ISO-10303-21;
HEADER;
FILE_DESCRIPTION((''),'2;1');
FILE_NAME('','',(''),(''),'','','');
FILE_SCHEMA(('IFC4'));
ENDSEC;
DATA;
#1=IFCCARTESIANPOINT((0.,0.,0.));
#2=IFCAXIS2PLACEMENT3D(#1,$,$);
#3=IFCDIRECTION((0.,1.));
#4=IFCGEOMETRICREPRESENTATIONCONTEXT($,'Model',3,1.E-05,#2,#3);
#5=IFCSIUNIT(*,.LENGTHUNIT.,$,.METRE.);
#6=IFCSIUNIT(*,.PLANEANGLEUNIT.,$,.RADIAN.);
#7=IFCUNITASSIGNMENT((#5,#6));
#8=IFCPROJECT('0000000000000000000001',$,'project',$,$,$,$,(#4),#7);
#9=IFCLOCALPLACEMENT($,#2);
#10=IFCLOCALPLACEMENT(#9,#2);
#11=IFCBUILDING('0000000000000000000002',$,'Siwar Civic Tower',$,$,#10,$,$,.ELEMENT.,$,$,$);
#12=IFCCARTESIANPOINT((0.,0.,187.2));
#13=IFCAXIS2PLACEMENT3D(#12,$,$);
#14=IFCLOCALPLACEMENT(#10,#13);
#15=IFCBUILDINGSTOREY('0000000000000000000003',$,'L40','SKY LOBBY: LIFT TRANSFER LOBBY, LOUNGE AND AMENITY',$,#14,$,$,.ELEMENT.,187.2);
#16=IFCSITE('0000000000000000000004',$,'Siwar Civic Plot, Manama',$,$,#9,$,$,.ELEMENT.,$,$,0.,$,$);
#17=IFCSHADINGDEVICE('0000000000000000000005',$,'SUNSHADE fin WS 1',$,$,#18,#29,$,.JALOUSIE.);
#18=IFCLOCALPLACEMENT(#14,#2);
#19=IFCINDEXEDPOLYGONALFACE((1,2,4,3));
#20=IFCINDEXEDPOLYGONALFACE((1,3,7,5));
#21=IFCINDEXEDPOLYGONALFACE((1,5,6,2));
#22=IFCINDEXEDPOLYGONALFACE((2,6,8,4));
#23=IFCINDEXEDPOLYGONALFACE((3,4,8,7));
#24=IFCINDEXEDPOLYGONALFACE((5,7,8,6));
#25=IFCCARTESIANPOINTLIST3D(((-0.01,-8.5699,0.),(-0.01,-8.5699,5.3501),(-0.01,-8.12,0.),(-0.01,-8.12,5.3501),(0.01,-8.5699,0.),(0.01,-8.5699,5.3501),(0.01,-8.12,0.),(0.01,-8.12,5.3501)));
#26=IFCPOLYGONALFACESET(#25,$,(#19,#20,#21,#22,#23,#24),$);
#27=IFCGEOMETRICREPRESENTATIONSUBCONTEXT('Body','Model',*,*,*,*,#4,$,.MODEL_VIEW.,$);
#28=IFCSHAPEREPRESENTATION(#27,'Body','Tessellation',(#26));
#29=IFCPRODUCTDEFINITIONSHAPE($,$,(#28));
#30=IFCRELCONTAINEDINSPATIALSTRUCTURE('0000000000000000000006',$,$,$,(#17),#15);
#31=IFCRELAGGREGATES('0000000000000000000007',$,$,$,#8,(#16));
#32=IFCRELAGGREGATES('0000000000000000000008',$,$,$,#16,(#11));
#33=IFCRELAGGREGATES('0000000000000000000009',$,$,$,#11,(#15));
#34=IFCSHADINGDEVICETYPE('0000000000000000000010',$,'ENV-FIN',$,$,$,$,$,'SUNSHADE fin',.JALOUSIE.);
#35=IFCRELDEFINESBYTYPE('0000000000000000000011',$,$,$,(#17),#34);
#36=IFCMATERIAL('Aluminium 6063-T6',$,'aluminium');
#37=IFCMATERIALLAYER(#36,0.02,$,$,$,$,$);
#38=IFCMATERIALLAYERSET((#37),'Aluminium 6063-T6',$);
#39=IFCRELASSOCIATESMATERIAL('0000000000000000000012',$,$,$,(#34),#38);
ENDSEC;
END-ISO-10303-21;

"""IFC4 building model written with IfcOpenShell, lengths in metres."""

from ifc_helpers import new_model, si_unit, direction, frame, origin, origin_2d, place, context, subcontext, project, spatial, rectangle, extrude, material, layer, layer_set, type_object, element, save


model = new_model("IFC4")

# Units and contexts
model_context = context("Model", 3, precision=1e-05, world=origin(), true_north=direction((0.0, 1.0)))
body_context = subcontext(model_context, "Body", "Model", "MODEL_VIEW")
ifc_project = project(units=[si_unit("LENGTHUNIT", "METRE"), si_unit("PLANEANGLEUNIT", "RADIAN")], contexts=[model_context])

# Site, building, storey
site_placement = place(None, origin())
site = spatial("IfcSite", under=ifc_project, at=site_placement, Name="Siwar Civic Plot, Manama", CompositionType="ELEMENT", RefElevation=0.0)
building_placement = place(site_placement, origin())
building = spatial("IfcBuilding", under=site, at=building_placement, Name="Siwar Civic Tower", CompositionType="ELEMENT")
storey_placement = place(building_placement, frame((0.0, 0.0, 187.2)))
storey = spatial("IfcBuildingStorey", under=building, at=storey_placement, Name="L40", Description="SKY LOBBY: LIFT TRANSFER LOBBY, LOUNGE AND AMENITY", CompositionType="ELEMENT", Elevation=187.2)

# Shading device
ifc_material_1 = material(Name="Aluminium 6063-T6", Category="aluminium")
ifc_layer_1 = layer(ifc_material_1, 0.02)
ifc_layer_set_1 = layer_set([ifc_layer_1], Name="Aluminium 6063-T6")
shading_device_type = type_object("IfcShadingDeviceType", Name="ENV-FIN", ElementType="SUNSHADE fin", PredefinedType="JALOUSIE", material=ifc_layer_set_1)
shading_device_placement = place(storey_placement, frame((0.0, -8.345, 0.0), z_axis=(0.0, 0.0, 1.0), x_axis=(1.0, 0.0, 0.0)))
element("IfcShadingDevice", 1, at=shading_device_placement, inside=storey, type_object=shading_device_type, Name="SUNSHADE fin WS 1", PredefinedType="JALOUSIE", context=body_context, shape_type="SweptSolid", body=[
    extrude(rectangle(XDim=0.02, YDim=0.45, at=origin_2d()), origin(), (0.0, 0.0, 1.0), 5.3501),
])

save(model, "model.ifc")
